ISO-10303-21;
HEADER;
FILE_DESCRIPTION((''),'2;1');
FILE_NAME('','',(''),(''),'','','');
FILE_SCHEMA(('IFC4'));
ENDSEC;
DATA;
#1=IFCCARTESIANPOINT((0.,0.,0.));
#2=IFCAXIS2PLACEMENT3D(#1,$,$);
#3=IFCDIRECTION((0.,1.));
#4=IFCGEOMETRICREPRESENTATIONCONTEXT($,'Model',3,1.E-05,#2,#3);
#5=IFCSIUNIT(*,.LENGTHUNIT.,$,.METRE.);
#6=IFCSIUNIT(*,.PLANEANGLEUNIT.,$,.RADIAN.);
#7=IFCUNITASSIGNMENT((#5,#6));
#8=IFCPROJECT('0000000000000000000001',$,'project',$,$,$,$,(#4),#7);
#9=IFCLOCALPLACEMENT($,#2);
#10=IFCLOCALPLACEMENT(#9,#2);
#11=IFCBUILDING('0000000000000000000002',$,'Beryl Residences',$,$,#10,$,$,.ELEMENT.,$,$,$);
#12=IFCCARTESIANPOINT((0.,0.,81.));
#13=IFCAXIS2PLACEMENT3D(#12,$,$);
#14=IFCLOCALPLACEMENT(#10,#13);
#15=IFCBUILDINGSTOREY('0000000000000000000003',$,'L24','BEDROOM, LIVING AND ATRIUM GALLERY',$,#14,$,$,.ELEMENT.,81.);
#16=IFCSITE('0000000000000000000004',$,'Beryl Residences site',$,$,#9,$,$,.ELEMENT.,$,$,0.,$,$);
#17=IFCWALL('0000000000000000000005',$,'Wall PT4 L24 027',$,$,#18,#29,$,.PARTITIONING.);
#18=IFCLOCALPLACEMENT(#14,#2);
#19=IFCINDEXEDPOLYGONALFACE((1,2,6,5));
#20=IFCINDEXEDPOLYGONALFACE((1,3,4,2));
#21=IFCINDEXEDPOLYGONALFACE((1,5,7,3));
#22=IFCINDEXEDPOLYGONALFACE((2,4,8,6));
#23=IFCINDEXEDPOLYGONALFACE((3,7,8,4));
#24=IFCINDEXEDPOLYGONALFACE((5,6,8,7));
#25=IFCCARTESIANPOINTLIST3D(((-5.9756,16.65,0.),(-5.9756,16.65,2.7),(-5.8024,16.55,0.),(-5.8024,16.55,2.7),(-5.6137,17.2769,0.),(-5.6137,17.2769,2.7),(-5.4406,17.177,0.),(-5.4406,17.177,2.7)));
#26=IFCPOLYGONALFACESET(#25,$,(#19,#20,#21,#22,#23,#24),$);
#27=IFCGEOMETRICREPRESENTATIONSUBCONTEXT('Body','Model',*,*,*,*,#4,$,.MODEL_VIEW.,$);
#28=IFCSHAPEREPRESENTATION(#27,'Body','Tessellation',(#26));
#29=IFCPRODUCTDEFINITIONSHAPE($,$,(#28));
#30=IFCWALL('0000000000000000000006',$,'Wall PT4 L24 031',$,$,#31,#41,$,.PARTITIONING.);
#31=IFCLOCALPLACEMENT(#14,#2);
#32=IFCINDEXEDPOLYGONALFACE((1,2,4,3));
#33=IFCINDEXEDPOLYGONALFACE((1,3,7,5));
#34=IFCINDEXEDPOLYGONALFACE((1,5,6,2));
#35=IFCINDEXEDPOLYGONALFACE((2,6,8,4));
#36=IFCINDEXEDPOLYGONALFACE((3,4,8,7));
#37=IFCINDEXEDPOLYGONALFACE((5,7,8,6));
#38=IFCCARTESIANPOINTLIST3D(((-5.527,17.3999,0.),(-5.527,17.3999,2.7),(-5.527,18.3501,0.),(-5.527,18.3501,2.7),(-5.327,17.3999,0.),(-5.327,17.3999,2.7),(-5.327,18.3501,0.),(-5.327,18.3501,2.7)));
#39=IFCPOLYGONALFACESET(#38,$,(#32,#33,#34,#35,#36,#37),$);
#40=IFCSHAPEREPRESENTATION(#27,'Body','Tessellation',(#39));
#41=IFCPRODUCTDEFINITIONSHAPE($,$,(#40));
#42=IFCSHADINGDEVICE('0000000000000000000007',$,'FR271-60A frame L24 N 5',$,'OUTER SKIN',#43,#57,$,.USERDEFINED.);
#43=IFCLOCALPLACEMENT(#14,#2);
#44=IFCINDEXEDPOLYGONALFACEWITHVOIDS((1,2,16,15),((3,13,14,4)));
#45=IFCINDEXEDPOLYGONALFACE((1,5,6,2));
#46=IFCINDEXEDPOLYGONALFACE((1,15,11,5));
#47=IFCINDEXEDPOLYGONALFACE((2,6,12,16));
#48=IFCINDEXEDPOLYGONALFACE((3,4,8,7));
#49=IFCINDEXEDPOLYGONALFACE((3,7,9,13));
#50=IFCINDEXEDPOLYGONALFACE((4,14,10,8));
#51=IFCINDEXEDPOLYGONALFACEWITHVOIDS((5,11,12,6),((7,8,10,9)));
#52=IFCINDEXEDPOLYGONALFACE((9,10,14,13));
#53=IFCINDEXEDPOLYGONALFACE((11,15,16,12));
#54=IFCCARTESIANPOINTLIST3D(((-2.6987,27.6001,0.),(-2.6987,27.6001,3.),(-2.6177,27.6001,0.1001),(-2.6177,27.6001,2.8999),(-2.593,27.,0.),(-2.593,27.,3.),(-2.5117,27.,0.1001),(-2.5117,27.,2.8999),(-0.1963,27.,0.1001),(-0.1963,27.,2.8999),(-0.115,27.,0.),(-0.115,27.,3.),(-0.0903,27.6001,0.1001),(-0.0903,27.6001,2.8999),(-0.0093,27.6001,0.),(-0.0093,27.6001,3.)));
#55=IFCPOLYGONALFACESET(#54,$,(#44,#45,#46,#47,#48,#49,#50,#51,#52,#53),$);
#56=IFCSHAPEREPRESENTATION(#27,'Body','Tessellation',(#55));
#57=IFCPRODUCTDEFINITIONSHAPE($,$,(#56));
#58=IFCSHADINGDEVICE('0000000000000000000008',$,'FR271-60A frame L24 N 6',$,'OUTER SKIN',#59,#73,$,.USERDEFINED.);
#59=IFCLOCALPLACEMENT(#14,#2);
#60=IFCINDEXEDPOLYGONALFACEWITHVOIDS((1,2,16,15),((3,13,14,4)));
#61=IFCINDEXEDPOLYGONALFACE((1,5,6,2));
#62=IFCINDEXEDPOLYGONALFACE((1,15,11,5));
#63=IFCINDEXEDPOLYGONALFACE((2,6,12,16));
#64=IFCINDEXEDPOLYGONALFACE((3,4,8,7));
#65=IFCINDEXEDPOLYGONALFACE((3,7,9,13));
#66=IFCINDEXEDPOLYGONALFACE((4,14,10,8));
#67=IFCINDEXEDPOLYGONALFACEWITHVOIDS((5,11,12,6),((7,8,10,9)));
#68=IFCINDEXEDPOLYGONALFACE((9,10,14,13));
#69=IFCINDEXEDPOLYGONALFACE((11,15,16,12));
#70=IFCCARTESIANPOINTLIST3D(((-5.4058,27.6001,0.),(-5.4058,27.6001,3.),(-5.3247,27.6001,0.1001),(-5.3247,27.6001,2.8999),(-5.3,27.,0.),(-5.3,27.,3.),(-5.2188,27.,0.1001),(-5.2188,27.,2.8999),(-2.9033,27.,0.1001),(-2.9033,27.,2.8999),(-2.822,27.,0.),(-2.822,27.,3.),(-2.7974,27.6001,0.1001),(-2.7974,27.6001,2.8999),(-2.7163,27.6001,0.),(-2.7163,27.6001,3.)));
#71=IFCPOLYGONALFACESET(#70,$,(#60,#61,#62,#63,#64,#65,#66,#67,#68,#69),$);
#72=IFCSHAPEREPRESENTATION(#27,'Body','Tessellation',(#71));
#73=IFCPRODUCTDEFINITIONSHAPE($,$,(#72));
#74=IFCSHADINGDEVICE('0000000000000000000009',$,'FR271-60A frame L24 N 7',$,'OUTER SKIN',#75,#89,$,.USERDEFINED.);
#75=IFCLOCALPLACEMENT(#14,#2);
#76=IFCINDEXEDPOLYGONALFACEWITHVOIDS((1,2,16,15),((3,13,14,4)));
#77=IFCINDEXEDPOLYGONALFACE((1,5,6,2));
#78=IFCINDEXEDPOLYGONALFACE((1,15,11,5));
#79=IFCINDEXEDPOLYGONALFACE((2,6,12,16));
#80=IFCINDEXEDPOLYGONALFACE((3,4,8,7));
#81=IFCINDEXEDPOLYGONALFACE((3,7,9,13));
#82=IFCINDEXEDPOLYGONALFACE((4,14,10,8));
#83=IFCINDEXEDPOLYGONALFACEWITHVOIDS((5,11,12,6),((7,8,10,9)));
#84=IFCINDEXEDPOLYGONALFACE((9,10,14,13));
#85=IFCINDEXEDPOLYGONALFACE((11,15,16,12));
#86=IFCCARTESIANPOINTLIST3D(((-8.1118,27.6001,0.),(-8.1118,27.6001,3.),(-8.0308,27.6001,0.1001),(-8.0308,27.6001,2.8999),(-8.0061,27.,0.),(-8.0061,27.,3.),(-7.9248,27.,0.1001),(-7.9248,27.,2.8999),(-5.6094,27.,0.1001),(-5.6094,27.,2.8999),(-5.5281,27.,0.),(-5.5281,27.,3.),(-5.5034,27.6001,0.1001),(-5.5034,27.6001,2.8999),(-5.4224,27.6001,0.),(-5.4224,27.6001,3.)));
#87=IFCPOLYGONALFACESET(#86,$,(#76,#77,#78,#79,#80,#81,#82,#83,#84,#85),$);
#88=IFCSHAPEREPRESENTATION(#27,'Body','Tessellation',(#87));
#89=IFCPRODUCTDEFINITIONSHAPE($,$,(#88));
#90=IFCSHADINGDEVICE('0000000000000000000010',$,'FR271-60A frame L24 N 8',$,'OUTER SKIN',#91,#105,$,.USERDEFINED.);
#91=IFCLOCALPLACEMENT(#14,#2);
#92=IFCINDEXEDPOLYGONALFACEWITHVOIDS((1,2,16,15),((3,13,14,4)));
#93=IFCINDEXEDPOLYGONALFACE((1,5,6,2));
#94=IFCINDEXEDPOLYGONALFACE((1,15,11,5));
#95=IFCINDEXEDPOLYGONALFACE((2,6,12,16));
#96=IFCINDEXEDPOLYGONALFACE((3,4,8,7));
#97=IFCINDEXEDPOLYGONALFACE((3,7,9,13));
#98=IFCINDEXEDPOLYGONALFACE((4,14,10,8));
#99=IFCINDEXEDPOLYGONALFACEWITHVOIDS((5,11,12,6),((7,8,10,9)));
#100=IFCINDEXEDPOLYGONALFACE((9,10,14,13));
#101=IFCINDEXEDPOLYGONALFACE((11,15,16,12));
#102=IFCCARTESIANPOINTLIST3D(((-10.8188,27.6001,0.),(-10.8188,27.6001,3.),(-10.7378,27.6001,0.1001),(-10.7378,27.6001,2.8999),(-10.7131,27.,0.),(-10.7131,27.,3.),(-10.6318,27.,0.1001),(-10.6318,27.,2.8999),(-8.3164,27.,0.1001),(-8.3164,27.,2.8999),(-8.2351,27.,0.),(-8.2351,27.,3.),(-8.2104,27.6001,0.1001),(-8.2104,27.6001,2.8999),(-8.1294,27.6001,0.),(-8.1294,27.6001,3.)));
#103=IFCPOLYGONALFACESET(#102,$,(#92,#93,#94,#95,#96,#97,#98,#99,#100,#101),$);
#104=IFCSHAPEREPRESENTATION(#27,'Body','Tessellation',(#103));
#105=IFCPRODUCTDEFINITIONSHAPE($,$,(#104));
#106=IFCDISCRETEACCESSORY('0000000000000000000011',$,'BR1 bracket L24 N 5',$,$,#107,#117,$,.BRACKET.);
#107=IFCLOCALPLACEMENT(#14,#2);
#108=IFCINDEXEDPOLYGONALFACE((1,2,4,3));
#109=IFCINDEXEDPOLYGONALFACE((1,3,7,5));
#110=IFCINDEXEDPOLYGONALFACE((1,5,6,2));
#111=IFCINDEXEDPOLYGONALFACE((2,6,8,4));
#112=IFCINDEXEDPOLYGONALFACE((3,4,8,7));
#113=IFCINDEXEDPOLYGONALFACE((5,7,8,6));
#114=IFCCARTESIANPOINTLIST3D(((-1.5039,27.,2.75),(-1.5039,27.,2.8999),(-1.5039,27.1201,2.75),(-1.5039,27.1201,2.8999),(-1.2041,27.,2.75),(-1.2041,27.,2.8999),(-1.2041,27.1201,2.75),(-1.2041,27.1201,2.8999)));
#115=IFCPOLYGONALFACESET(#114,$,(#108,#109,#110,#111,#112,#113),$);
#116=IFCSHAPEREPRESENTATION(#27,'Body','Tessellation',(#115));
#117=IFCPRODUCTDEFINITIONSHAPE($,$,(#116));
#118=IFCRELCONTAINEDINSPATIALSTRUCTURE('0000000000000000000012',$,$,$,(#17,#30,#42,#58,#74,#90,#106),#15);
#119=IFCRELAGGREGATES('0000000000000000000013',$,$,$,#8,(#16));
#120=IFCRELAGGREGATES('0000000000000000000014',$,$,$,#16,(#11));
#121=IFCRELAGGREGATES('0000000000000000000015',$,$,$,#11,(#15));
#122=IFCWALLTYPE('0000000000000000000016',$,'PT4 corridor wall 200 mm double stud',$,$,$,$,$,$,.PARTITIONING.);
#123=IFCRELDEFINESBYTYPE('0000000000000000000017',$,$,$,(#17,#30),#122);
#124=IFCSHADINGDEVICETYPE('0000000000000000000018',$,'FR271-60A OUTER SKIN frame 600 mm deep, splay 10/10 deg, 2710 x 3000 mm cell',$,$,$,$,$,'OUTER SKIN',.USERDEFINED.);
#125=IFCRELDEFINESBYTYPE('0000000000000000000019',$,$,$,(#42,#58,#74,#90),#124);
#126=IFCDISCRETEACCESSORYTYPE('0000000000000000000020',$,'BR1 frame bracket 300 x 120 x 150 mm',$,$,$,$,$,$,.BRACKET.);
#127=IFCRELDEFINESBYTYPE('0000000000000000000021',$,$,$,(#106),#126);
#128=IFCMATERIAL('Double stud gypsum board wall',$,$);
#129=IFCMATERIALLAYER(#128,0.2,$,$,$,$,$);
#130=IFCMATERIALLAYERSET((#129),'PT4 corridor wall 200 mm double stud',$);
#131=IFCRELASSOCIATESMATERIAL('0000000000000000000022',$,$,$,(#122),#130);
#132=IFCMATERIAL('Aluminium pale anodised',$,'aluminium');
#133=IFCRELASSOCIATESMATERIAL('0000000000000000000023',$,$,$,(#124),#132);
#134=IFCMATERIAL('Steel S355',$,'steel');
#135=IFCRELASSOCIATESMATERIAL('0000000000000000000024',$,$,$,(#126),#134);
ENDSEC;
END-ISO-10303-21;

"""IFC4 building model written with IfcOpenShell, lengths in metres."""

from ifc_helpers import new_model, entity, si_unit, direction, frame, frame_2d, origin, place, context, subcontext, project, spatial, polyline, rectangle, outline, extrude, source, transform, mapped, material, layer, layer_set, type_object, type_shapes, element, save


model = new_model("IFC4")

# Units and contexts
model_context = context("Model", 3, precision=1e-05, world=origin(), true_north=direction((0.0, 1.0)))
body_context = subcontext(model_context, "Body", "Model", "MODEL_VIEW")
ifc_project = project(units=[si_unit("LENGTHUNIT", "METRE"), si_unit("PLANEANGLEUNIT", "RADIAN")], contexts=[model_context])

# Site, building, storey
site_placement = place(None, origin())
site = spatial("IfcSite", under=ifc_project, at=site_placement, Name="Beryl Residences site", CompositionType="ELEMENT", RefElevation=0.0)
building_placement = place(site_placement, origin())
building = spatial("IfcBuilding", under=site, at=building_placement, Name="Beryl Residences", CompositionType="ELEMENT")
storey_placement = place(building_placement, frame((0.0, 0.0, 81.0)))
storey = spatial("IfcBuildingStorey", under=building, at=storey_placement, Name="L24", Description="BEDROOM, LIVING AND ATRIUM GALLERY", CompositionType="ELEMENT", Elevation=81.0)

# Shared definitions
ifc_material_1 = material(Name="Double stud gypsum board wall")
ifc_layer_1 = layer(ifc_material_1, 0.2)
ifc_layer_set_1 = layer_set([ifc_layer_1], Name="PT4 corridor wall 200 mm double stud")
wall_type_1 = type_object("IfcWallType", Name="PT4 corridor wall 200 mm double stud", PredefinedType="PARTITIONING", material=ifc_layer_set_1)

# Walls
wall_1_placement = place(storey_placement, frame((-5.8889, 16.6001, 0.0), z_axis=(0.0, 0.0, 1.0), x_axis=(0.499839, 0.866118, 0.0)))
element("IfcWall", 1, at=wall_1_placement, inside=storey, type_object=wall_type_1, Name="Wall PT4 L24 027", PredefinedType="PARTITIONING", context=body_context, shape_type="SweptSolid", body=[
    extrude(rectangle(XDim=0.7239, YDim=0.2, at=frame_2d((0.3618, 0.0))), origin(), (0.0, 0.0, 1.0), 2.7),
])
wall_2_placement = place(storey_placement, frame((-5.427, 17.3999, 0.0), z_axis=(0.0, 0.0, 1.0), x_axis=(0.0, 1.0, 0.0)))
element("IfcWall", 2, at=wall_2_placement, inside=storey, type_object=wall_type_1, Name="Wall PT4 L24 031", PredefinedType="PARTITIONING", context=body_context, shape_type="SweptSolid", body=[
    extrude(rectangle(XDim=0.9502, YDim=0.2, at=frame_2d((0.4751, 0.0))), origin(), (0.0, 0.0, 1.0), 2.7),
])

# Shading devices
ifc_material_2 = material(Name="Aluminium pale anodised", Category="aluminium")
shading_device_type = type_object("IfcShadingDeviceType", Name="FR271-60A OUTER SKIN frame 600 mm deep, splay 10/10 deg, 2710 x 3000 mm cell", ElementType="OUTER SKIN", PredefinedType="USERDEFINED", material=ifc_material_2)
cartesian_point_1 = entity("IfcCartesianPoint", [-1.239, 0.0])
cartesian_point_2 = entity("IfcCartesianPoint", [-1.1577, 0.1001])
cartesian_point_3 = entity("IfcCartesianPoint", [-1.3447, 0.0])
cartesian_point_4 = entity("IfcCartesianPoint", [-1.2637, 0.1001])
shared_shape_1 = source(origin(), body_context, "Body", "SweptSolid", [
    entity("IfcExtrudedAreaSolidTapered", entity("IfcArbitraryProfileDefWithVoids", "AREA", None, entity("IfcPolyline", [cartesian_point_1, entity("IfcCartesianPoint", [1.239, 0.0]), entity("IfcCartesianPoint", [1.239, 3.0]), entity("IfcCartesianPoint", [-1.239, 3.0]), cartesian_point_1]), [entity("IfcPolyline", [cartesian_point_2, entity("IfcCartesianPoint", [1.1577, 0.1001]), entity("IfcCartesianPoint", [1.1577, 2.8999]), entity("IfcCartesianPoint", [-1.1577, 2.8999]), cartesian_point_2])]), entity("IfcAxis2Placement3D", entity("IfcCartesianPoint", [0.0, 0.0, 0.0]), entity("IfcDirection", [0.0, 1.0, 0.0]), entity("IfcDirection", [-1.0, 0.0, 0.0])), entity("IfcDirection", [0.0, 0.0, 1.0]), 0.6001, entity("IfcArbitraryProfileDefWithVoids", "AREA", None, entity("IfcPolyline", [cartesian_point_3, entity("IfcCartesianPoint", [1.3447, 0.0]), entity("IfcCartesianPoint", [1.3447, 3.0]), entity("IfcCartesianPoint", [-1.3447, 3.0]), cartesian_point_3]), [entity("IfcPolyline", [cartesian_point_4, entity("IfcCartesianPoint", [1.2637, 0.1001]), entity("IfcCartesianPoint", [1.2637, 2.8999]), entity("IfcCartesianPoint", [-1.2637, 2.8999]), cartesian_point_4])])),
])
type_shapes(shading_device_type, [shared_shape_1])
for number, where, z_axis, x_axis, name in (
    (3, (-1.354, 27.0, 0.0), (0.0, 0.0, 1.0), (1.0, 0.0, 0.0), "FR271-60A frame L24 N 5"),
    (4, (-4.061, 27.0, 0.0), (0.0, 0.0, 1.0), (1.0, 0.0, 0.0), "FR271-60A frame L24 N 6"),
    (5, (-6.7671, 27.0, 0.0), (0.0, 0.0, 1.0), (1.0, 0.0, 0.0), "FR271-60A frame L24 N 7"),
    (6, (-9.4741, 27.0, 0.0), (0.0, 0.0, 1.0), (1.0, 0.0, 0.0), "FR271-60A frame L24 N 8"),
):
    element("IfcShadingDevice", number, at=place(storey_placement, frame(where, z_axis=z_axis, x_axis=x_axis)), inside=storey, type_object=shading_device_type, Name=name, ObjectType="OUTER SKIN", PredefinedType="USERDEFINED", context=body_context, shape_type="MappedRepresentation", body=[
        mapped(shared_shape_1, transform((0.0, 0.0, 0.0))),
    ])

# Discrete accessory
ifc_material_3 = material(Name="Steel S355", Category="steel")
discrete_accessory_type = type_object("IfcDiscreteAccessoryType", Name="BR1 frame bracket 300 x 120 x 150 mm", PredefinedType="BRACKET", material=ifc_material_3)
shared_shape_2 = source(origin(), body_context, "Body", "SweptSolid", [
    extrude(outline(polyline([(-0.1499, 0.0), (0.1499, 0.0), (0.1499, 0.1201), (-0.1499, 0.1201), (-0.1499, 0.0)])), origin(), (0.0, 0.0, 1.0), 0.1499),
])
type_shapes(discrete_accessory_type, [shared_shape_2])
discrete_accessory_placement = place(storey_placement, frame((-1.354, 27.0, 2.75), z_axis=(0.0, 0.0, 1.0), x_axis=(1.0, 0.0, 0.0)))
element("IfcDiscreteAccessory", 7, at=discrete_accessory_placement, inside=storey, type_object=discrete_accessory_type, Name="BR1 bracket L24 N 5", PredefinedType="BRACKET", context=body_context, shape_type="MappedRepresentation", body=[
    mapped(shared_shape_2, transform((0.0, 0.0, 0.0))),
])

save(model, "model.ifc")
